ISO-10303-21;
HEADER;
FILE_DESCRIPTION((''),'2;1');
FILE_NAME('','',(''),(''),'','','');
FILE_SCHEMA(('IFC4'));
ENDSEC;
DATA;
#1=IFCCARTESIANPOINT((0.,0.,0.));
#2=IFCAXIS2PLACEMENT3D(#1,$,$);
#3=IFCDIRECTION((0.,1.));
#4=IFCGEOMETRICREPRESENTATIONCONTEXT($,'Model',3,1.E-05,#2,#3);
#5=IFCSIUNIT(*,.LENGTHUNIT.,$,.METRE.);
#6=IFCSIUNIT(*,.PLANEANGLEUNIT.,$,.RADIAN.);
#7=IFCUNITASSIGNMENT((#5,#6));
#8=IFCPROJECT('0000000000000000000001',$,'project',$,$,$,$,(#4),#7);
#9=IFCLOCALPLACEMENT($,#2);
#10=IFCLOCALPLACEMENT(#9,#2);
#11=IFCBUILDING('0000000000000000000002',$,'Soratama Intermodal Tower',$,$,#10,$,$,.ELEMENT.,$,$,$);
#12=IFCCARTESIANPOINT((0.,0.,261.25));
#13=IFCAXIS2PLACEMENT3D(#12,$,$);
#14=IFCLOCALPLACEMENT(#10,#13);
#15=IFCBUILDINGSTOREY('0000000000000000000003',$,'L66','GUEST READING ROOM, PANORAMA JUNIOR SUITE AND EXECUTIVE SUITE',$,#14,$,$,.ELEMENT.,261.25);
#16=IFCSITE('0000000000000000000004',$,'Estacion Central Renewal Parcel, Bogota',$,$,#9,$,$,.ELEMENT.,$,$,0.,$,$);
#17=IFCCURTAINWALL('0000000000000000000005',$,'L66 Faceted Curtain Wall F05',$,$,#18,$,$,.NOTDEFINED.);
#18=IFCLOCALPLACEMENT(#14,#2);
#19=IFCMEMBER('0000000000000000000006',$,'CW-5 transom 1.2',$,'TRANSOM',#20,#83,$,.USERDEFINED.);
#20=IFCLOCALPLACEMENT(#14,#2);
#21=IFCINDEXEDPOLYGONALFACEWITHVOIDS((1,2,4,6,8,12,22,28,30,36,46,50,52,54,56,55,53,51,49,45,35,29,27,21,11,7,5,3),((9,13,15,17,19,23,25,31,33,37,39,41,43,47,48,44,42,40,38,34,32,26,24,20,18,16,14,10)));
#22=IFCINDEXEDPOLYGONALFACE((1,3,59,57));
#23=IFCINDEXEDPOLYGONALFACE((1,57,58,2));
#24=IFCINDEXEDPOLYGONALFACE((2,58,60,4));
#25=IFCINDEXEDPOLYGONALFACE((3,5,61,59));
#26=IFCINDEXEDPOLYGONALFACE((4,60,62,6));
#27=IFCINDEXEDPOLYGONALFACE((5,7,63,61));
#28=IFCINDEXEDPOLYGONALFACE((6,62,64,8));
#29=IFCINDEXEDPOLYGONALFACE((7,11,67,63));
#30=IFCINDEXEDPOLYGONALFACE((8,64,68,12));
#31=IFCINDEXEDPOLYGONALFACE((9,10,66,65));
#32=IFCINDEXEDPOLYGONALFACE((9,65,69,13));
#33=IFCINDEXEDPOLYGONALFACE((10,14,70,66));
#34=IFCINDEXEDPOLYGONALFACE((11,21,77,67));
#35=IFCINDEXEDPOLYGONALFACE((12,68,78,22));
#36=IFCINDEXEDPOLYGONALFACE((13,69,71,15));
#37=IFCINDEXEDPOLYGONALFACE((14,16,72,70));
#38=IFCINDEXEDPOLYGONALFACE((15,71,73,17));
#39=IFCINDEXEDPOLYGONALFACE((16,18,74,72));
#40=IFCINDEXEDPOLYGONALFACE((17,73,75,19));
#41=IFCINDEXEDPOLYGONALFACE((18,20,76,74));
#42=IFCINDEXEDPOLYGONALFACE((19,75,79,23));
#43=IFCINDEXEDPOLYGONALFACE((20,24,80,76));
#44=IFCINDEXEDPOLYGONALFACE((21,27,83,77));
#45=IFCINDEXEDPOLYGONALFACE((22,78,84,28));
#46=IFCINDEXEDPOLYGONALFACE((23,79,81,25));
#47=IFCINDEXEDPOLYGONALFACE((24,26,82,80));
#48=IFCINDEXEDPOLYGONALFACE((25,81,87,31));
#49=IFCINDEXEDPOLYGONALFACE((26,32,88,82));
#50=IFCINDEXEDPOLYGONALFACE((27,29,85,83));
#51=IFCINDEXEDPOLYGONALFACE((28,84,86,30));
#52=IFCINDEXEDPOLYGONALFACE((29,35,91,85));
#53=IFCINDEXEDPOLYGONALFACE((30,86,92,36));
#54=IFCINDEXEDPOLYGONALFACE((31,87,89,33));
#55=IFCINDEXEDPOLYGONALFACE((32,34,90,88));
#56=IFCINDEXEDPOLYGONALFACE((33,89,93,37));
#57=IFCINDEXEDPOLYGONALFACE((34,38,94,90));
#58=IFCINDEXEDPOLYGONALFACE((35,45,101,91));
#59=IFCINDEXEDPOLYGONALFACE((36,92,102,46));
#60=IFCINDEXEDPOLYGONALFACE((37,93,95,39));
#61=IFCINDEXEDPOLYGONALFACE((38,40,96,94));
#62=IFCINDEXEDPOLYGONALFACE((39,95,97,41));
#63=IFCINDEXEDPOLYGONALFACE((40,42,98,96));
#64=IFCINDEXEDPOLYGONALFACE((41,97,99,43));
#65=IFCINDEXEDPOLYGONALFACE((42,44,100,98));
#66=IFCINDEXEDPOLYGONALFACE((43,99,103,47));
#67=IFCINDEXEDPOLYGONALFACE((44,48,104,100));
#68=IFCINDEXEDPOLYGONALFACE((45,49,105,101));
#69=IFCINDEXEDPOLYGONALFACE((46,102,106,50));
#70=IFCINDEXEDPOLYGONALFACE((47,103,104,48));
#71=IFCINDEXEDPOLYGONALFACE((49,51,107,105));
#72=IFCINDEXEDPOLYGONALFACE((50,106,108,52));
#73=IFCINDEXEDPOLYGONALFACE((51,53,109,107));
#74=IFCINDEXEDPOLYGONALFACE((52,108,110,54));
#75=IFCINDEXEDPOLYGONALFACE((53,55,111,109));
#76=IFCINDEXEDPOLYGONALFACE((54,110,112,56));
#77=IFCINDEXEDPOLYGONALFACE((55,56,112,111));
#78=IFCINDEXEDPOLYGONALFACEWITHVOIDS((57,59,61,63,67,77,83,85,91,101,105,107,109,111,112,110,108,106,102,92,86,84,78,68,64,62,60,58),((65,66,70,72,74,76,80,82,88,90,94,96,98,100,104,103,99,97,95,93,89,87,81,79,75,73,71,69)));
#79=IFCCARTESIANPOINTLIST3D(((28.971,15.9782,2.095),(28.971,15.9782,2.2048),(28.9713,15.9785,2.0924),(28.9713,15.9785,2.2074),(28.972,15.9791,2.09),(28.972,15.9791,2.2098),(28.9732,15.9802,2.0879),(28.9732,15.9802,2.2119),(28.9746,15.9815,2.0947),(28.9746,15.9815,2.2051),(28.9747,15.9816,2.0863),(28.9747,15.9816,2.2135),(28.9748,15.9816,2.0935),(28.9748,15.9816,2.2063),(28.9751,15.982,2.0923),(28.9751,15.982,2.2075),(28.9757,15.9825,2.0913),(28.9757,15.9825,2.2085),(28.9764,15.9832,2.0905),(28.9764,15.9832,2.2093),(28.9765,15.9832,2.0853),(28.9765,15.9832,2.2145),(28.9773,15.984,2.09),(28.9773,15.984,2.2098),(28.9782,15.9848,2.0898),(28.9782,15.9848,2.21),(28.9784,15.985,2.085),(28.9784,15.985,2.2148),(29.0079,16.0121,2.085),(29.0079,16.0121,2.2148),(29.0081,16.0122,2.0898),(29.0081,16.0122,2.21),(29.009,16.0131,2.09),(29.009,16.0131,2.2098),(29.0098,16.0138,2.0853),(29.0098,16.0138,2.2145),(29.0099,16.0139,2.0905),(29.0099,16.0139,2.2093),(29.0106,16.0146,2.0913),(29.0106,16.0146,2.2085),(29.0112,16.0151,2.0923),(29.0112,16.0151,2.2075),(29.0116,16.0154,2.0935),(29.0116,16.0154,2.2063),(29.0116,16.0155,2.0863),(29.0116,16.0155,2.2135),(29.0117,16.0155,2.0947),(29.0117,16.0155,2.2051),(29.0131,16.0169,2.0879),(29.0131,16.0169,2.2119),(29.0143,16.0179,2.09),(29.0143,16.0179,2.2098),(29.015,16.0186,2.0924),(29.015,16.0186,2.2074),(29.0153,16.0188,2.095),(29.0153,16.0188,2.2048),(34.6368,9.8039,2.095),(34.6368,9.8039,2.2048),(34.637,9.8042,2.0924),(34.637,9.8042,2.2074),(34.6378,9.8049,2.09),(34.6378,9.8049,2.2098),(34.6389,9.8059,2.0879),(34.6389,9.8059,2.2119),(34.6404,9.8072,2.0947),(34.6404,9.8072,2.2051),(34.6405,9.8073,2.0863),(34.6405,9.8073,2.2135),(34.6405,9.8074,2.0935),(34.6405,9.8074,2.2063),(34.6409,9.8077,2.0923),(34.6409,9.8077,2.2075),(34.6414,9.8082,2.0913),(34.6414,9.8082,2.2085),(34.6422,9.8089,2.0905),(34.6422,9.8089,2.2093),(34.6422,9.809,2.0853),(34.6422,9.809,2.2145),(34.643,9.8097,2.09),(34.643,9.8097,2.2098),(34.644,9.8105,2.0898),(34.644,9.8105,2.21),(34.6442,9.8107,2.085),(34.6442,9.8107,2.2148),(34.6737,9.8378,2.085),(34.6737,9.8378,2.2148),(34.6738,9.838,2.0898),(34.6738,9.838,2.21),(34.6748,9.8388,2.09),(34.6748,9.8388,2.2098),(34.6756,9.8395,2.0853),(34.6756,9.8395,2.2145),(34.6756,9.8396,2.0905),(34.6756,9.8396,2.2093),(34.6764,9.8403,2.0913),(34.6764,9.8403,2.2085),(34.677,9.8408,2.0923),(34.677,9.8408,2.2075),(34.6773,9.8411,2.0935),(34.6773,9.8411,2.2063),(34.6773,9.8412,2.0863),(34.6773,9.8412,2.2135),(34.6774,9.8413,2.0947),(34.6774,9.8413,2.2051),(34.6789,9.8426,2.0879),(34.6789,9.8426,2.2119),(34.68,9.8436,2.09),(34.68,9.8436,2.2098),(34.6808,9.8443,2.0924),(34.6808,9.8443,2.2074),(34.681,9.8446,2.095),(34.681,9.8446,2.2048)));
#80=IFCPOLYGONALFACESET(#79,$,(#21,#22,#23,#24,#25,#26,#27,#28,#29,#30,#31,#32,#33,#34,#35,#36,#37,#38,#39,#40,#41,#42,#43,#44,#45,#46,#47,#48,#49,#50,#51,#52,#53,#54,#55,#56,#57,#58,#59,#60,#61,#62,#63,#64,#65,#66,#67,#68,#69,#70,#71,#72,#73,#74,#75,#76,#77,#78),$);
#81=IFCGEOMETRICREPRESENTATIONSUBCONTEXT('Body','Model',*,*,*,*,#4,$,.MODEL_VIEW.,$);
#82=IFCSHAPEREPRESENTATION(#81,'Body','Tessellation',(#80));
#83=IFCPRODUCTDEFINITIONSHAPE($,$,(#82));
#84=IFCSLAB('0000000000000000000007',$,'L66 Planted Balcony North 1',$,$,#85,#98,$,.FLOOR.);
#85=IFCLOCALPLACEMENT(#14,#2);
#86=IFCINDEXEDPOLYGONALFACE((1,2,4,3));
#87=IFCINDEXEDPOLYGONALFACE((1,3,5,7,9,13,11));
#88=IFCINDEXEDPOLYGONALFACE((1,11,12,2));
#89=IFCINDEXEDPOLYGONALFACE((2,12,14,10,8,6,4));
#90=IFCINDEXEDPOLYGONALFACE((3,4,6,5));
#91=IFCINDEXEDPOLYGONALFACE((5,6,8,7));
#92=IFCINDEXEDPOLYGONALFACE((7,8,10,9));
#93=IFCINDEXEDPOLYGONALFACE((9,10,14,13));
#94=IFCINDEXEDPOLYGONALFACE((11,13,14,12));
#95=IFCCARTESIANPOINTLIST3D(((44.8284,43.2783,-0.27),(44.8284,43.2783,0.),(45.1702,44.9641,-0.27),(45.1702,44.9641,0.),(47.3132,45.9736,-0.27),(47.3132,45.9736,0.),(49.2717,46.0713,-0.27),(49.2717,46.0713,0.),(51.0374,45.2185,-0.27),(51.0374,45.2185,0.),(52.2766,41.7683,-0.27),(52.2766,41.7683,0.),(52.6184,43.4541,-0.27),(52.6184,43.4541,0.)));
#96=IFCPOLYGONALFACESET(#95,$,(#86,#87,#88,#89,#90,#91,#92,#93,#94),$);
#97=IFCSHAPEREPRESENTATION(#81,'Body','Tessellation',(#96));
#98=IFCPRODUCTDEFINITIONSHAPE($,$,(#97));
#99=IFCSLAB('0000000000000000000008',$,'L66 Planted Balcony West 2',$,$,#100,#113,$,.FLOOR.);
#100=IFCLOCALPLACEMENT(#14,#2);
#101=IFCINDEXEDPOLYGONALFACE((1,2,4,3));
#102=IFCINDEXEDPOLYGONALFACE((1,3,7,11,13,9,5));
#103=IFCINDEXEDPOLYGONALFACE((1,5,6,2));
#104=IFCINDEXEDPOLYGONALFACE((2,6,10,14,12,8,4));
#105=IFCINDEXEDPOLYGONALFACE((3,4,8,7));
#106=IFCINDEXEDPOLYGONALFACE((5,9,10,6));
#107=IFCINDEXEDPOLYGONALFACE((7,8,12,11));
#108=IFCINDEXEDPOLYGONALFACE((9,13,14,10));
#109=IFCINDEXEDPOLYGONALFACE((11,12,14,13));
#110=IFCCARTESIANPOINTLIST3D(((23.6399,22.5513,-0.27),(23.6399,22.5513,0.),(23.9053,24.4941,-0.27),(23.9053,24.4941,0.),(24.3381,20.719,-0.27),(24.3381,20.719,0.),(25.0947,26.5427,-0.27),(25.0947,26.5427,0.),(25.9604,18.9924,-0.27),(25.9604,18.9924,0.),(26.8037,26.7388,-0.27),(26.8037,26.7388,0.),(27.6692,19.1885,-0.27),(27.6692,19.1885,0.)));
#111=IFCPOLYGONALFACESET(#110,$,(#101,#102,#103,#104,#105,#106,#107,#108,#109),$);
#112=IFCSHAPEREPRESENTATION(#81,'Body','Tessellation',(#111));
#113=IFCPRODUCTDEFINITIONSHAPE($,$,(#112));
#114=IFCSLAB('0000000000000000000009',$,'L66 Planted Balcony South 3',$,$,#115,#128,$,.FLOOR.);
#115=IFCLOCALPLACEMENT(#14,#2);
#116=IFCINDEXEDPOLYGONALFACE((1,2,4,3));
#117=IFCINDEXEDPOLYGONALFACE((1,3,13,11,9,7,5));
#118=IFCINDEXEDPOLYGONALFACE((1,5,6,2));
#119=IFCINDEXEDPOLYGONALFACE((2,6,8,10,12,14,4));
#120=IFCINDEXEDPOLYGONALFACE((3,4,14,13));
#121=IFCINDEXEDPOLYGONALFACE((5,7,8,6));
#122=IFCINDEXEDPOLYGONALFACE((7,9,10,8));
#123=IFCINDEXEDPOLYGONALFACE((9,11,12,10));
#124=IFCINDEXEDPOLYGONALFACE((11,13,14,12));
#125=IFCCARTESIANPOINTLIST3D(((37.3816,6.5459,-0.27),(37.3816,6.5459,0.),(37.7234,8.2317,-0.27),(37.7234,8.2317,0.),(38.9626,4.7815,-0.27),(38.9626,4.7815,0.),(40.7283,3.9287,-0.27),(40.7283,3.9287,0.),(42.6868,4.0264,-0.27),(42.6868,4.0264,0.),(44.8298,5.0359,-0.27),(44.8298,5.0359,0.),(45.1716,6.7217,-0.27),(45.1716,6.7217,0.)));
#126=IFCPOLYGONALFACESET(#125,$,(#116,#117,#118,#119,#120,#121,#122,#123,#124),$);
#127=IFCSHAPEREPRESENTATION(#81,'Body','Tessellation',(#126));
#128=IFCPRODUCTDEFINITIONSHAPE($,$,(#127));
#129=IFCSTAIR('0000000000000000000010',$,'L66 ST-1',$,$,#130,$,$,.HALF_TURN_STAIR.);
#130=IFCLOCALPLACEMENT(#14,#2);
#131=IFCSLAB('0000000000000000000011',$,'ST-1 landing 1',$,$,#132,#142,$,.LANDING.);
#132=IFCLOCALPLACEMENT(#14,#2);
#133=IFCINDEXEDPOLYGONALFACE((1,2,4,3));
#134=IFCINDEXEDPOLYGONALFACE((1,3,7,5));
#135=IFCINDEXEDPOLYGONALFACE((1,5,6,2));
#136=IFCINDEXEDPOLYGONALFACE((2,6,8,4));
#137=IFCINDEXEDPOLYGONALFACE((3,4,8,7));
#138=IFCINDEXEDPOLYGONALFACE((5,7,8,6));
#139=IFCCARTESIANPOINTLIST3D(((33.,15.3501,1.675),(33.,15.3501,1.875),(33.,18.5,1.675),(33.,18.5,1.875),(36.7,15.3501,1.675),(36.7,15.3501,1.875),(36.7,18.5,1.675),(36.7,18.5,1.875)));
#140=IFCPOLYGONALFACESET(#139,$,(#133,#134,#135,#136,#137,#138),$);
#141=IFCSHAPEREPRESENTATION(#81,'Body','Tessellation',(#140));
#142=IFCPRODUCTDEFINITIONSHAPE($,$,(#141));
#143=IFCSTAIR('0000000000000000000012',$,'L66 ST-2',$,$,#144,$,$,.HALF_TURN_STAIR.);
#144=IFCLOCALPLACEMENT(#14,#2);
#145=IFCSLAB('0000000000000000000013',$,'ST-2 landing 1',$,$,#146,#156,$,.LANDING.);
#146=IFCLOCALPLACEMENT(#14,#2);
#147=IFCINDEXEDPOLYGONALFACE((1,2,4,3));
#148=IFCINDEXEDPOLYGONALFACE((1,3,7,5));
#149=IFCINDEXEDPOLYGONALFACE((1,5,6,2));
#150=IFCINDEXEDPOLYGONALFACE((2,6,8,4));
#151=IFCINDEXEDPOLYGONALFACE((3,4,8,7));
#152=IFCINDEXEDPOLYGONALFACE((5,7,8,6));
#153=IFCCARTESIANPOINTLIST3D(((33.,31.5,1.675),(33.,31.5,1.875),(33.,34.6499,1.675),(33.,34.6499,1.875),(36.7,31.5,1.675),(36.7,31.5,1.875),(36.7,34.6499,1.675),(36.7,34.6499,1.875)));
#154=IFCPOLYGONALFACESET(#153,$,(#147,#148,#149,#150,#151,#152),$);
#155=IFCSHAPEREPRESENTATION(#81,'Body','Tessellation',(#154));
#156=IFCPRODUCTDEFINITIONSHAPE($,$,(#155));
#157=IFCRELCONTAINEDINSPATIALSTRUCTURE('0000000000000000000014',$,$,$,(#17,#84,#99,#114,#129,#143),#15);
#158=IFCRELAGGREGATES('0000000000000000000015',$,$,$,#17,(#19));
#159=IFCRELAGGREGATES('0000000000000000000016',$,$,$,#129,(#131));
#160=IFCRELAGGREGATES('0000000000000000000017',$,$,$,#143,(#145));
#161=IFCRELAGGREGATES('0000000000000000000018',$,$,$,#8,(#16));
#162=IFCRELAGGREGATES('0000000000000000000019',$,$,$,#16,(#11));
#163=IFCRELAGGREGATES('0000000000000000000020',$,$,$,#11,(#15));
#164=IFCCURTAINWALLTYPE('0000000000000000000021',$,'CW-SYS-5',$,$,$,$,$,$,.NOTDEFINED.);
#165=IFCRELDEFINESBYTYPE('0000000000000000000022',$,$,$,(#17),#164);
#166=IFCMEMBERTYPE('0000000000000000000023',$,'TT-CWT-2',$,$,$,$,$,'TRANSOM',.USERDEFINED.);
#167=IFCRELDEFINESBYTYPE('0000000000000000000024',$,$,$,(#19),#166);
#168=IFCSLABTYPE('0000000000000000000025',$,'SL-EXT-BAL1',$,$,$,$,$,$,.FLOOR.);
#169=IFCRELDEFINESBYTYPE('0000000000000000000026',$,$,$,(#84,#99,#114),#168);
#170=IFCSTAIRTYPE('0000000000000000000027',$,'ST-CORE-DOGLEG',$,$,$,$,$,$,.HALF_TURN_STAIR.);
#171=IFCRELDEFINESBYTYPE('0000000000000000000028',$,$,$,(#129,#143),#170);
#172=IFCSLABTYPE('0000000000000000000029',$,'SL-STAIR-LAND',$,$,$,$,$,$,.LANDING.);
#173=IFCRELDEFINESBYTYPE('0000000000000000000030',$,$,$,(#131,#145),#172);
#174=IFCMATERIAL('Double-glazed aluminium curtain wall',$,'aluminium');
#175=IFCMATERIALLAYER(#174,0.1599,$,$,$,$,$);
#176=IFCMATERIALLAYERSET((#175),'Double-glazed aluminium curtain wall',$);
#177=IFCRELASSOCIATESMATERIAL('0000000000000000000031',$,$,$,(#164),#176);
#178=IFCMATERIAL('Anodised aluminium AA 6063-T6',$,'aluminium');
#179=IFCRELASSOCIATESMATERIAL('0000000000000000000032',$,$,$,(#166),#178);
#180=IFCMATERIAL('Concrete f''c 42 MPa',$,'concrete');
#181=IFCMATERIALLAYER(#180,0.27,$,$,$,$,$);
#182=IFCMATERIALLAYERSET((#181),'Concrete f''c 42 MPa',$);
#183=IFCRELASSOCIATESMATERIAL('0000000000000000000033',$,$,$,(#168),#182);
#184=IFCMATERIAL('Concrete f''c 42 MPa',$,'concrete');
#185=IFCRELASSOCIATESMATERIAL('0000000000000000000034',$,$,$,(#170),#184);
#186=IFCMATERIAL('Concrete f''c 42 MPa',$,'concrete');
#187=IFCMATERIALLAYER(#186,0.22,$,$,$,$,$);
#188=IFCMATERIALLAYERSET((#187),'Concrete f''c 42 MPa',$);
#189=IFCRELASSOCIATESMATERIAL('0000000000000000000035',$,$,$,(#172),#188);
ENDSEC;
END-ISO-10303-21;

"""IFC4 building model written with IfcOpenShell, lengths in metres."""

from ifc_helpers import new_model, si_unit, direction, frame, origin, origin_2d, place, context, subcontext, project, spatial, polyline, hollow_rectangle, outline, extrude, material, layer, layer_set, material_profile, profile_set, type_object, element, aggregate, save


model = new_model("IFC4")

# Units and contexts
model_context = context("Model", 3, precision=1e-05, world=origin(), true_north=direction((0.0, 1.0)))
body_context = subcontext(model_context, "Body", "Model", "MODEL_VIEW")
ifc_project = project(units=[si_unit("LENGTHUNIT", "METRE"), si_unit("PLANEANGLEUNIT", "RADIAN")], contexts=[model_context])

# Site, building, storey
site_placement = place(None, origin())
site = spatial("IfcSite", under=ifc_project, at=site_placement, Name="Estacion Central Renewal Parcel, Bogota", CompositionType="ELEMENT", RefElevation=0.0)
building_placement = place(site_placement, origin())
building = spatial("IfcBuilding", under=site, at=building_placement, Name="Soratama Intermodal Tower", CompositionType="ELEMENT")
storey_placement = place(building_placement, frame((0.0, 0.0, 261.25)))
storey = spatial("IfcBuildingStorey", under=building, at=storey_placement, Name="L66", Description="GUEST READING ROOM, PANORAMA JUNIOR SUITE AND EXECUTIVE SUITE", CompositionType="ELEMENT", Elevation=261.25)

# Curtain wall, member
ifc_material_1 = material(Name="Double-glazed aluminium curtain wall", Category="aluminium")
ifc_layer_1 = layer(ifc_material_1, 0.1599)
ifc_layer_set_1 = layer_set([ifc_layer_1], Name="Double-glazed aluminium curtain wall")
curtain_wall_type = type_object("IfcCurtainWallType", Name="CW-SYS-5", PredefinedType="NOTDEFINED", material=ifc_layer_set_1)
curtain_wall_placement = place(storey_placement, origin())
curtain_wall = element("IfcCurtainWall", 1, at=curtain_wall_placement, inside=storey, type_object=curtain_wall_type, Name="L66 Faceted Curtain Wall F05", PredefinedType="NOTDEFINED")
ifc_material_2 = material(Name="Anodised aluminium AA 6063-T6", Category="aluminium")
ifc_material_profile_1 = material_profile(ifc_material_2, hollow_rectangle(XDim=0.0601, YDim=0.1299, WallThickness=0.0049, InnerFilletRadius=0.0049, OuterFilletRadius=0.01, at=origin_2d()), Name="CWT130X60X5")
ifc_profile_set_1 = profile_set([ifc_material_profile_1], Name="Anodised aluminium AA 6063-T6")
member_type_1 = type_object("IfcMemberType", Name="TT-CWT-2", ElementType="TRANSOM", PredefinedType="USERDEFINED", material=ifc_profile_set_1)
member_1_placement = place(storey_placement, frame((28.9932, 15.9985, 2.1499), z_axis=(0.676112, -0.736798, 0.0), x_axis=(0.736798, 0.676112, 0.0)))
member_1 = element("IfcMember", 2, at=member_1_placement, type_object=member_type_1, Name="CW-5 transom 1.2", ObjectType="TRANSOM", PredefinedType="USERDEFINED", context=body_context, shape_type="SweptSolid", body=[
    extrude(hollow_rectangle(XDim=0.0601, YDim=0.1299, WallThickness=0.0049, InnerFilletRadius=0.0049, OuterFilletRadius=0.01, at=origin_2d()), origin(), (0.0, 0.0, 1.0), 8.3799),
])
aggregate(curtain_wall, [member_1])

# Slabs
ifc_material_3 = material(Name="Concrete f'c 42 MPa", Category="concrete")
ifc_layer_2 = layer(ifc_material_3, 0.27)
ifc_layer_set_2 = layer_set([ifc_layer_2], Name="Concrete f'c 42 MPa")
slab_type_1 = type_object("IfcSlabType", Name="SL-EXT-BAL1", PredefinedType="FLOOR", material=ifc_layer_set_2)
slab_1_placement = place(storey_placement, frame((0.0, 0.0, -0.27)))
element("IfcSlab", 3, at=slab_1_placement, inside=storey, type_object=slab_type_1, Name="L66 Planted Balcony North 1", PredefinedType="FLOOR", context=body_context, shape_type="SweptSolid", body=[
    extrude(outline(polyline([(52.2766, 41.7683), (44.8284, 43.2783), (45.1702, 44.9641), (47.3132, 45.9736), (49.2717, 46.0713), (51.0374, 45.2185), (52.6184, 43.4541), (52.2766, 41.7683)])), origin(), (0.0, 0.0, 1.0), 0.27),
])
slab_2_placement = place(storey_placement, frame((0.0, 0.0, -0.27)))
element("IfcSlab", 4, at=slab_2_placement, inside=storey, type_object=slab_type_1, Name="L66 Planted Balcony West 2", PredefinedType="FLOOR", context=body_context, shape_type="SweptSolid", body=[
    extrude(outline(polyline([(26.8037, 26.7388), (27.6692, 19.1885), (25.9604, 18.9924), (24.3381, 20.719), (23.6399, 22.5513), (23.9053, 24.4941), (25.0947, 26.5427), (26.8037, 26.7388)])), origin(), (0.0, 0.0, 1.0), 0.27),
])
slab_3_placement = place(storey_placement, frame((0.0, 0.0, -0.27)))
element("IfcSlab", 5, at=slab_3_placement, inside=storey, type_object=slab_type_1, Name="L66 Planted Balcony South 3", PredefinedType="FLOOR", context=body_context, shape_type="SweptSolid", body=[
    extrude(outline(polyline([(37.7234, 8.2317), (45.1716, 6.7217), (44.8298, 5.0359), (42.6868, 4.0264), (40.7283, 3.9287), (38.9626, 4.7815), (37.3816, 6.5459), (37.7234, 8.2317)])), origin(), (0.0, 0.0, 1.0), 0.27),
])

# Stairs, slabs
ifc_material_4 = material(Name="Concrete f'c 42 MPa", Category="concrete")
stair_type = type_object("IfcStairType", Name="ST-CORE-DOGLEG", PredefinedType="HALF_TURN_STAIR", material=ifc_material_4)
stair_1_placement = place(storey_placement, origin())
stair_1 = element("IfcStair", 6, at=stair_1_placement, inside=storey, type_object=stair_type, Name="L66 ST-1", PredefinedType="HALF_TURN_STAIR")
ifc_material_5 = material(Name="Concrete f'c 42 MPa", Category="concrete")
ifc_layer_3 = layer(ifc_material_5, 0.22)
ifc_layer_set_3 = layer_set([ifc_layer_3], Name="Concrete f'c 42 MPa")
slab_type_2 = type_object("IfcSlabType", Name="SL-STAIR-LAND", PredefinedType="LANDING", material=ifc_layer_set_3)
slab_4_placement = place(storey_placement, frame((0.0, 0.0, 1.675)))
slab_4 = element("IfcSlab", 7, at=slab_4_placement, type_object=slab_type_2, Name="ST-1 landing 1", PredefinedType="LANDING", context=body_context, shape_type="SweptSolid", body=[
    extrude(outline(polyline([(36.7, 18.5), (33.0, 18.5), (33.0, 15.3501), (36.7, 15.3501), (36.7, 18.5)])), origin(), (0.0, 0.0, 1.0), 0.2),
])
aggregate(stair_1, [slab_4])
stair_2_placement = place(storey_placement, origin())
stair_2 = element("IfcStair", 8, at=stair_2_placement, inside=storey, type_object=stair_type, Name="L66 ST-2", PredefinedType="HALF_TURN_STAIR")
slab_5_placement = place(storey_placement, frame((0.0, 0.0, 1.675)))
slab_5 = element("IfcSlab", 9, at=slab_5_placement, type_object=slab_type_2, Name="ST-2 landing 1", PredefinedType="LANDING", context=body_context, shape_type="SweptSolid", body=[
    extrude(outline(polyline([(36.7, 34.6499), (33.0, 34.6499), (33.0, 31.5), (36.7, 31.5), (36.7, 34.6499)])), origin(), (0.0, 0.0, 1.0), 0.2),
])
aggregate(stair_2, [slab_5])

save(model, "model.ifc")
